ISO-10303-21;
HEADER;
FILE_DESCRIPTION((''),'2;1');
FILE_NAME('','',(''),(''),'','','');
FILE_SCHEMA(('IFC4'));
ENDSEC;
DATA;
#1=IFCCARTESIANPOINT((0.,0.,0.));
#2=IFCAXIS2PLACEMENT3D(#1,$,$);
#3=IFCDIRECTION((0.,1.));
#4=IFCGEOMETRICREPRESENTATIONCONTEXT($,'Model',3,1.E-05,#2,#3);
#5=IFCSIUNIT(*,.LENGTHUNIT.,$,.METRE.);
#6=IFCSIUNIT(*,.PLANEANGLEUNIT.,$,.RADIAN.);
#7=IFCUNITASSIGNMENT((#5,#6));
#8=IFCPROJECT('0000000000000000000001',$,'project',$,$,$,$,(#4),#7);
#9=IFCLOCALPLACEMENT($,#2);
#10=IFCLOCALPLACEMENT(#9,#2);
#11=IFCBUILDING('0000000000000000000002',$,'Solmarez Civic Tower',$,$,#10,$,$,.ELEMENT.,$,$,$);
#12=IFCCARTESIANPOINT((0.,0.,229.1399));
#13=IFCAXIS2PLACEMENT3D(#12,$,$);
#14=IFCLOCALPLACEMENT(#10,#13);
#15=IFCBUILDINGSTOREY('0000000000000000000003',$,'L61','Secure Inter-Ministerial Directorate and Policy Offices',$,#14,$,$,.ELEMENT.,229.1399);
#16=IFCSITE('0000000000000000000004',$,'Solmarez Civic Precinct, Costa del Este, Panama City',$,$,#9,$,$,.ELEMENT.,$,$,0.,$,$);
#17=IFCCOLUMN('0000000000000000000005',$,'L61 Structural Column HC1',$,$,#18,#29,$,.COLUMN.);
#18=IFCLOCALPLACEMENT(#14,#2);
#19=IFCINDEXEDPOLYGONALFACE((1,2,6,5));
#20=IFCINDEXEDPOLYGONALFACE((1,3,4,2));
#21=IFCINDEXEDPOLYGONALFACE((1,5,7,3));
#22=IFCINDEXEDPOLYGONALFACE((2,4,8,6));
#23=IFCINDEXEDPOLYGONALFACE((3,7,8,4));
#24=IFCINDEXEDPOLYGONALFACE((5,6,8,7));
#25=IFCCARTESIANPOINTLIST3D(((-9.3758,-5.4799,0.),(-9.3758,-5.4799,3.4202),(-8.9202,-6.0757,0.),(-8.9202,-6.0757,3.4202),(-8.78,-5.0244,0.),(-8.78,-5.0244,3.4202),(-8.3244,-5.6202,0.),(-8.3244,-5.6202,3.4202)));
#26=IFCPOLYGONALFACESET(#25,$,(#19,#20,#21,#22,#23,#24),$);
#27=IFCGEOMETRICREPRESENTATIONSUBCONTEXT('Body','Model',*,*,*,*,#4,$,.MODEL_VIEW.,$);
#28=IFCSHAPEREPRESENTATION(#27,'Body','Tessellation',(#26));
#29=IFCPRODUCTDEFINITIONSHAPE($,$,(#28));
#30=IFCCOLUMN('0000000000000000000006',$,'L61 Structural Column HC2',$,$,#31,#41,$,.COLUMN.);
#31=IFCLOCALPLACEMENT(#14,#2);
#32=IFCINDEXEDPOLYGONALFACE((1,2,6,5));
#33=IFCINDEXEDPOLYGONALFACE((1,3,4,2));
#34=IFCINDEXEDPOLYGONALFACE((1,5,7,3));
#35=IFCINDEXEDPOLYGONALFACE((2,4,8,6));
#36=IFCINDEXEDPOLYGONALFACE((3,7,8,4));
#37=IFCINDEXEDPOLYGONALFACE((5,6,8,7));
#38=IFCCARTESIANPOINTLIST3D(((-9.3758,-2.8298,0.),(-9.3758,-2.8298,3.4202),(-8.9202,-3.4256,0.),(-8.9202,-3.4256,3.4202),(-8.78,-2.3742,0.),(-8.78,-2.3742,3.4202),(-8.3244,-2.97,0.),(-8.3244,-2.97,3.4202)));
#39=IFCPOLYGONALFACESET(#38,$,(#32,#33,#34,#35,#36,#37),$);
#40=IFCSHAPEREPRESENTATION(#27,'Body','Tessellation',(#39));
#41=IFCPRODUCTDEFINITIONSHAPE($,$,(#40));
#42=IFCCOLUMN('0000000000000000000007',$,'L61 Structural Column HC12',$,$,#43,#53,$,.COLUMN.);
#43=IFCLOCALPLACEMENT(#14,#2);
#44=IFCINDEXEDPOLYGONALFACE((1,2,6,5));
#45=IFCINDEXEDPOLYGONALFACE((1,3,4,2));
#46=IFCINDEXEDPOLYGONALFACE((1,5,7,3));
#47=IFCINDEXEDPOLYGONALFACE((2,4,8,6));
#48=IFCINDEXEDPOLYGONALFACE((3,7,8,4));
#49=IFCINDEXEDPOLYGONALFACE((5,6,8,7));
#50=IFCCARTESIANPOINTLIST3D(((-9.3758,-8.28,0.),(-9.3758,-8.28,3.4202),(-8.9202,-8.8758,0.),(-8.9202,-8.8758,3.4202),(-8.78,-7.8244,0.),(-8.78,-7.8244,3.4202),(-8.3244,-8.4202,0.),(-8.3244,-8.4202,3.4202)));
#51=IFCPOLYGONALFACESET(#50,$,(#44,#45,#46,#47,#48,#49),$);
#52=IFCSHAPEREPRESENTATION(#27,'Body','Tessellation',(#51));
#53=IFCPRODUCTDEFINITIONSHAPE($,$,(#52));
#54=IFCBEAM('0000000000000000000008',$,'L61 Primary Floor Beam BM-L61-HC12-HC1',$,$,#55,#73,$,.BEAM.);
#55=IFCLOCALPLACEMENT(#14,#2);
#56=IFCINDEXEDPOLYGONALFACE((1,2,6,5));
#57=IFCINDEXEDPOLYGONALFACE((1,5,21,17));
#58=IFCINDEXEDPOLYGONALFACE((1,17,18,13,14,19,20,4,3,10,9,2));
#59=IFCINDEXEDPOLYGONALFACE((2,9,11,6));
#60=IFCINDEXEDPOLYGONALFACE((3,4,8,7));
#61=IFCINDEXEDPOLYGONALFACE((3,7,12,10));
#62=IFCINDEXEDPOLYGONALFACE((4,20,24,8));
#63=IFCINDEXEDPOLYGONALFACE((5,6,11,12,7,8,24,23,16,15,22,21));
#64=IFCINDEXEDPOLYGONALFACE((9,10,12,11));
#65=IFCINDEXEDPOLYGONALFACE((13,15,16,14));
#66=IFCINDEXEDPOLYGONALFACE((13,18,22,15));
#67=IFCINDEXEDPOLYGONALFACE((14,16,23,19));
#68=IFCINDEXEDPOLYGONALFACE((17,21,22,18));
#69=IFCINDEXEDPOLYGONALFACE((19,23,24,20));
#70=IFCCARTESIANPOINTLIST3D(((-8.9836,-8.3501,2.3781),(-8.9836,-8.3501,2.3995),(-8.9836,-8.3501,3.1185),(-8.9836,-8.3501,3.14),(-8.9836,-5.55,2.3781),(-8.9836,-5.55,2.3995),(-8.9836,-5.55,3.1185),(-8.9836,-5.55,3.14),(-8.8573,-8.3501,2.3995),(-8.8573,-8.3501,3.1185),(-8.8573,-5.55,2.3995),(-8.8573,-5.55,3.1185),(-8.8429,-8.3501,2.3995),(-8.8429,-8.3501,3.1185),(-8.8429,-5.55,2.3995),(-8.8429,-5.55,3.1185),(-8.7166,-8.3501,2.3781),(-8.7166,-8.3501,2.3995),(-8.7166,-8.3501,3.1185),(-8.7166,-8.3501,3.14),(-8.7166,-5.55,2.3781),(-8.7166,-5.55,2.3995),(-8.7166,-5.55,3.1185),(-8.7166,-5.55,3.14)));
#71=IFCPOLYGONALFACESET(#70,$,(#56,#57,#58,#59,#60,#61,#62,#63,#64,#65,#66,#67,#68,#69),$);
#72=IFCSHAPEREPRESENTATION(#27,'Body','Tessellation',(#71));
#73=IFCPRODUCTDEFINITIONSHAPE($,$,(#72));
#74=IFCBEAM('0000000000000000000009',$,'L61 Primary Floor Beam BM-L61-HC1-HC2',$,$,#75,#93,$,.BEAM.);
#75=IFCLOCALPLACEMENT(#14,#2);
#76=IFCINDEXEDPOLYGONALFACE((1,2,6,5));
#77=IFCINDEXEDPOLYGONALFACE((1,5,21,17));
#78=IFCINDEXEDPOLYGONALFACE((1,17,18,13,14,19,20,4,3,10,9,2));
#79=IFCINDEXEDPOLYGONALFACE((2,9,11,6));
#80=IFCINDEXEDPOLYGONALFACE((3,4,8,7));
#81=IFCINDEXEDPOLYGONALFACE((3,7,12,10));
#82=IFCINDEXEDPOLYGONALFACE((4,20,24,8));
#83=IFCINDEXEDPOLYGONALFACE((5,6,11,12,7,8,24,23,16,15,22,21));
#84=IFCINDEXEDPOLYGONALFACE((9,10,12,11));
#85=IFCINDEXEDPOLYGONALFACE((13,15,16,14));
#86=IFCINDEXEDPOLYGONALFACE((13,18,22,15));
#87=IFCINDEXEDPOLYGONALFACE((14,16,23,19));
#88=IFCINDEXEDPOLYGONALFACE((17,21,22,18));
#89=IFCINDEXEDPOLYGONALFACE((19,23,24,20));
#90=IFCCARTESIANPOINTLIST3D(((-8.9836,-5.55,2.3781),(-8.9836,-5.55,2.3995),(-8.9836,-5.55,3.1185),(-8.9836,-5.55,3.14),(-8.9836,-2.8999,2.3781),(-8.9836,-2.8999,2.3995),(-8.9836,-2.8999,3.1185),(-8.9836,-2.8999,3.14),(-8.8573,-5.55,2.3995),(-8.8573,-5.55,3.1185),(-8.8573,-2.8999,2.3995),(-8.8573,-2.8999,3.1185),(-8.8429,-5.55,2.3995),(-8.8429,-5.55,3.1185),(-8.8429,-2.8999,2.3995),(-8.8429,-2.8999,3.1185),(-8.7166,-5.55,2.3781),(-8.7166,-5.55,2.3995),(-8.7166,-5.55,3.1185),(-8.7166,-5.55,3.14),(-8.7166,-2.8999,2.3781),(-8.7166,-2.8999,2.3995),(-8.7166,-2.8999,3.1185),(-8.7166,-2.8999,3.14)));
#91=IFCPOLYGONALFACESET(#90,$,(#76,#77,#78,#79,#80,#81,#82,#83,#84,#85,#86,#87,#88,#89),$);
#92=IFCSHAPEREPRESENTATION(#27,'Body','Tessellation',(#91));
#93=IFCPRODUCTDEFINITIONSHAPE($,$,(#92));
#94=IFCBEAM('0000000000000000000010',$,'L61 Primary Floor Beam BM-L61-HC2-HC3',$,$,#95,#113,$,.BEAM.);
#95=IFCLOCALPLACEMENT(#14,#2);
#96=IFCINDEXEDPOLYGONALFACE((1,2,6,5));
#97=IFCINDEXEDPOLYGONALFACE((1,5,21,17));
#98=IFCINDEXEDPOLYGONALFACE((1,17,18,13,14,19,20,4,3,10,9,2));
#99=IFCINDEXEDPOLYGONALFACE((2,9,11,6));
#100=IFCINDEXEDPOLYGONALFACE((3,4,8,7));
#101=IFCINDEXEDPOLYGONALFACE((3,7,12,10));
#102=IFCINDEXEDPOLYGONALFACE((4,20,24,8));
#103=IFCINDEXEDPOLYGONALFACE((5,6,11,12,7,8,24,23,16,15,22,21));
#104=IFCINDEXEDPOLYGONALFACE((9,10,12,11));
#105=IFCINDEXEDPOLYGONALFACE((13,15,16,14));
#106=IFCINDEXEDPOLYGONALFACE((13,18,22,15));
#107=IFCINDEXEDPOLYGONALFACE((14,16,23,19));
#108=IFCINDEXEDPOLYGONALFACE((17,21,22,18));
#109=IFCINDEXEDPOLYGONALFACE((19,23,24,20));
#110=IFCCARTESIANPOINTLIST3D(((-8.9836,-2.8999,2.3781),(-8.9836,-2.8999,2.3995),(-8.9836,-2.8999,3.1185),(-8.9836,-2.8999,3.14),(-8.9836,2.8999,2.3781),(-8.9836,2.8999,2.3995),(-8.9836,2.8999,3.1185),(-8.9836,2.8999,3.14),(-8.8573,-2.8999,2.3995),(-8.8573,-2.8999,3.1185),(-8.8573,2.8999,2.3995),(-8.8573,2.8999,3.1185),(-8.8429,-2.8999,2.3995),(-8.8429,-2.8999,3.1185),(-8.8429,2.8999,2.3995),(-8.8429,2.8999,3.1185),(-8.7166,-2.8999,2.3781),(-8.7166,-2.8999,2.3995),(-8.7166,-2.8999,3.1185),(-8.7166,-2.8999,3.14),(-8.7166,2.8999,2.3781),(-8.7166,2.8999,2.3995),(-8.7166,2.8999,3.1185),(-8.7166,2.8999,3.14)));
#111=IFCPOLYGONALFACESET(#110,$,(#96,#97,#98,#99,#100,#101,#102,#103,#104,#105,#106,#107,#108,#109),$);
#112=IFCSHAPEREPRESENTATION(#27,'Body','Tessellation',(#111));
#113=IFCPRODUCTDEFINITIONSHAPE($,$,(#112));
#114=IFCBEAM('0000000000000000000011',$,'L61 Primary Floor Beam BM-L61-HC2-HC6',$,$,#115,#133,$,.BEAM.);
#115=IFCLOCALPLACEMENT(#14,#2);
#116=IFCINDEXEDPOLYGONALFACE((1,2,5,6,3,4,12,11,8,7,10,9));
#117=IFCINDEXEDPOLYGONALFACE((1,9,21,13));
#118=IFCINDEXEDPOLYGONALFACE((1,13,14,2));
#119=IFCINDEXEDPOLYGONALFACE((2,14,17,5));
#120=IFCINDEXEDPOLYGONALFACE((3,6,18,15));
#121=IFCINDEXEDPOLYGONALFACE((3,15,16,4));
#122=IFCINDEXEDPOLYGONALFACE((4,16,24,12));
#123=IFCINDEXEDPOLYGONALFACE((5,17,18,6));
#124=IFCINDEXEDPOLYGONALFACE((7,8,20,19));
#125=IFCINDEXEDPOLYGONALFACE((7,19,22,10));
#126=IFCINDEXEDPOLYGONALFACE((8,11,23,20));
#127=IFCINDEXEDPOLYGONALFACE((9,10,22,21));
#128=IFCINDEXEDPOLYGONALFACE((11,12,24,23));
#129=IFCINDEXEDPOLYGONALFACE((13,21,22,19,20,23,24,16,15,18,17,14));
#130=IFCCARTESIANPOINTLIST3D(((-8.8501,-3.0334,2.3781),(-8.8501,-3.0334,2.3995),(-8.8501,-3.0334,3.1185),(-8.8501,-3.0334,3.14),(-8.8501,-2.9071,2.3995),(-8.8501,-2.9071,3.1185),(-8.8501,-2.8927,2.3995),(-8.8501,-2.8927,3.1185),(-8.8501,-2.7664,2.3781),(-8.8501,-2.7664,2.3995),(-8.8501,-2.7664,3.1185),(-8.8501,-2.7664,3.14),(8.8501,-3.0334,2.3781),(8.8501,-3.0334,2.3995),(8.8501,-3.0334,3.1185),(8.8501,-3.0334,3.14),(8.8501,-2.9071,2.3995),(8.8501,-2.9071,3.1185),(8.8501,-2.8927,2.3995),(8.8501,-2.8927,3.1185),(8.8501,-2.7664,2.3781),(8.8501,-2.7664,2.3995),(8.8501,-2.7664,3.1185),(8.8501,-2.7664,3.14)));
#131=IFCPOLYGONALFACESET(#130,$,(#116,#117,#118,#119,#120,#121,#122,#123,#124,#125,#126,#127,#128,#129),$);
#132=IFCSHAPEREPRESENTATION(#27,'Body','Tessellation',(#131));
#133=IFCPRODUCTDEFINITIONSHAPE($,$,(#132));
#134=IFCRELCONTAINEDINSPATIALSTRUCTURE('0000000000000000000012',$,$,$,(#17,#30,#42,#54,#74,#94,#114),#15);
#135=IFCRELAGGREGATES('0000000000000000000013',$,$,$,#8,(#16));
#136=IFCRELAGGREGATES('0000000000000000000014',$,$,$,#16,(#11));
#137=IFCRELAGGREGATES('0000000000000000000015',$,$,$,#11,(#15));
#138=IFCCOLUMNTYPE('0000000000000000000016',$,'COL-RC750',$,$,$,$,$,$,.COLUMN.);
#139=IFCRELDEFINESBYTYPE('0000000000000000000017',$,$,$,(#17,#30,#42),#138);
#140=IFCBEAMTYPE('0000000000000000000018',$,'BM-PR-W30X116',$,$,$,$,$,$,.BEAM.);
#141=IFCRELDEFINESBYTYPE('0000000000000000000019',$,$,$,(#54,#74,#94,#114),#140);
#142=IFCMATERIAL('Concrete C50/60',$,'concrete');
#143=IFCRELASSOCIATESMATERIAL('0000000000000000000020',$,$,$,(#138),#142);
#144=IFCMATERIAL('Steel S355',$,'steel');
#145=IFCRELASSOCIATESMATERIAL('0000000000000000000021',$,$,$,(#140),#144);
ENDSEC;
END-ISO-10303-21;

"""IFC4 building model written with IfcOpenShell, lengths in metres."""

from ifc_helpers import new_model, si_unit, direction, frame, origin, origin_2d, place, context, subcontext, project, spatial, rectangle, i_section, extrude, material, material_profile, profile_set, type_object, element, save


model = new_model("IFC4")

# Units and contexts
model_context = context("Model", 3, precision=1e-05, world=origin(), true_north=direction((0.0, 1.0)))
body_context = subcontext(model_context, "Body", "Model", "MODEL_VIEW")
ifc_project = project(units=[si_unit("LENGTHUNIT", "METRE"), si_unit("PLANEANGLEUNIT", "RADIAN")], contexts=[model_context])

# Site, building, storey
site_placement = place(None, origin())
site = spatial("IfcSite", under=ifc_project, at=site_placement, Name="Solmarez Civic Precinct, Costa del Este, Panama City", CompositionType="ELEMENT", RefElevation=0.0)
building_placement = place(site_placement, origin())
building = spatial("IfcBuilding", under=site, at=building_placement, Name="Solmarez Civic Tower", CompositionType="ELEMENT")
storey_placement = place(building_placement, frame((0.0, 0.0, 229.1399)))
storey = spatial("IfcBuildingStorey", under=building, at=storey_placement, Name="L61", Description="Secure Inter-Ministerial Directorate and Policy Offices", CompositionType="ELEMENT", Elevation=229.1399)

# Columns
ifc_material_1 = material(Name="Concrete C50/60", Category="concrete")
ifc_material_profile_1 = material_profile(ifc_material_1, rectangle(XDim=0.75, YDim=0.75, at=origin_2d()), Name="RC750X750")
ifc_profile_set_1 = profile_set([ifc_material_profile_1], Name="Concrete C50/60")
column_type = type_object("IfcColumnType", Name="COL-RC750", PredefinedType="COLUMN", material=ifc_profile_set_1)
for number, where, z_axis, x_axis, name in (
    (1, (-8.8501, -5.55, 0.0), (0.0, 0.0, 1.0), (0.794415, 0.607376, 0.0), "L61 Structural Column HC1"),
    (2, (-8.8501, -2.8999, 0.0), (0.0, 0.0, 1.0), (0.794415, 0.607376, 0.0), "L61 Structural Column HC2"),
    (3, (-8.8501, -8.3501, 0.0), (0.0, 0.0, 1.0), (0.794415, 0.607376, 0.0), "L61 Structural Column HC12"),
):
    element("IfcColumn", number, at=place(storey_placement, frame(where, z_axis=z_axis, x_axis=x_axis)), inside=storey, type_object=column_type, Name=name, PredefinedType="COLUMN", context=body_context, shape_type="SweptSolid", body=[
        extrude(rectangle(XDim=0.75, YDim=0.75, at=origin_2d()), origin(), (0.0, 0.0, 1.0), 3.4202),
    ])

# Beams
ifc_material_2 = material(Name="Steel S355", Category="steel")
ifc_material_profile_2 = material_profile(ifc_material_2, i_section(OverallWidth=0.2671, OverallDepth=0.762, WebThickness=0.0144, FlangeThickness=0.0215, at=origin_2d()), Name="W30X116")
ifc_profile_set_2 = profile_set([ifc_material_profile_2], Name="Steel S355")
beam_type = type_object("IfcBeamType", Name="BM-PR-W30X116", PredefinedType="BEAM", material=ifc_profile_set_2)
beam_1_placement = place(storey_placement, frame((-8.8501, -8.3501, 2.759), z_axis=(0.0, 1.0, 0.0), x_axis=(-1.0, 0.0, 0.0)))
element("IfcBeam", 4, at=beam_1_placement, inside=storey, type_object=beam_type, Name="L61 Primary Floor Beam BM-L61-HC12-HC1", PredefinedType="BEAM", context=body_context, shape_type="SweptSolid", body=[
    extrude(i_section(OverallWidth=0.2671, OverallDepth=0.762, WebThickness=0.0144, FlangeThickness=0.0215, at=origin_2d()), origin(), (0.0, 0.0, 1.0), 2.8),
])
beam_2_placement = place(storey_placement, frame((-8.8501, -5.55, 2.759), z_axis=(0.0, 1.0, 0.0), x_axis=(-1.0, 0.0, 0.0)))
element("IfcBeam", 5, at=beam_2_placement, inside=storey, type_object=beam_type, Name="L61 Primary Floor Beam BM-L61-HC1-HC2", PredefinedType="BEAM", context=body_context, shape_type="SweptSolid", body=[
    extrude(i_section(OverallWidth=0.2671, OverallDepth=0.762, WebThickness=0.0144, FlangeThickness=0.0215, at=origin_2d()), origin(), (0.0, 0.0, 1.0), 2.6501),
])
beam_3_placement = place(storey_placement, frame((-8.8501, -2.8999, 2.759), z_axis=(0.0, 1.0, 0.0), x_axis=(-1.0, 0.0, 0.0)))
element("IfcBeam", 6, at=beam_3_placement, inside=storey, type_object=beam_type, Name="L61 Primary Floor Beam BM-L61-HC2-HC3", PredefinedType="BEAM", context=body_context, shape_type="SweptSolid", body=[
    extrude(i_section(OverallWidth=0.2671, OverallDepth=0.762, WebThickness=0.0144, FlangeThickness=0.0215, at=origin_2d()), origin(), (0.0, 0.0, 1.0), 5.7998),
])
beam_4_placement = place(storey_placement, frame((-8.8501, -2.8999, 2.759), z_axis=(1.0, 0.0, 0.0), x_axis=(0.0, 1.0, 0.0)))
element("IfcBeam", 7, at=beam_4_placement, inside=storey, type_object=beam_type, Name="L61 Primary Floor Beam BM-L61-HC2-HC6", PredefinedType="BEAM", context=body_context, shape_type="SweptSolid", body=[
    extrude(i_section(OverallWidth=0.2671, OverallDepth=0.762, WebThickness=0.0144, FlangeThickness=0.0215, at=origin_2d()), origin(), (0.0, 0.0, 1.0), 17.7002),
])

save(model, "model.ifc")
